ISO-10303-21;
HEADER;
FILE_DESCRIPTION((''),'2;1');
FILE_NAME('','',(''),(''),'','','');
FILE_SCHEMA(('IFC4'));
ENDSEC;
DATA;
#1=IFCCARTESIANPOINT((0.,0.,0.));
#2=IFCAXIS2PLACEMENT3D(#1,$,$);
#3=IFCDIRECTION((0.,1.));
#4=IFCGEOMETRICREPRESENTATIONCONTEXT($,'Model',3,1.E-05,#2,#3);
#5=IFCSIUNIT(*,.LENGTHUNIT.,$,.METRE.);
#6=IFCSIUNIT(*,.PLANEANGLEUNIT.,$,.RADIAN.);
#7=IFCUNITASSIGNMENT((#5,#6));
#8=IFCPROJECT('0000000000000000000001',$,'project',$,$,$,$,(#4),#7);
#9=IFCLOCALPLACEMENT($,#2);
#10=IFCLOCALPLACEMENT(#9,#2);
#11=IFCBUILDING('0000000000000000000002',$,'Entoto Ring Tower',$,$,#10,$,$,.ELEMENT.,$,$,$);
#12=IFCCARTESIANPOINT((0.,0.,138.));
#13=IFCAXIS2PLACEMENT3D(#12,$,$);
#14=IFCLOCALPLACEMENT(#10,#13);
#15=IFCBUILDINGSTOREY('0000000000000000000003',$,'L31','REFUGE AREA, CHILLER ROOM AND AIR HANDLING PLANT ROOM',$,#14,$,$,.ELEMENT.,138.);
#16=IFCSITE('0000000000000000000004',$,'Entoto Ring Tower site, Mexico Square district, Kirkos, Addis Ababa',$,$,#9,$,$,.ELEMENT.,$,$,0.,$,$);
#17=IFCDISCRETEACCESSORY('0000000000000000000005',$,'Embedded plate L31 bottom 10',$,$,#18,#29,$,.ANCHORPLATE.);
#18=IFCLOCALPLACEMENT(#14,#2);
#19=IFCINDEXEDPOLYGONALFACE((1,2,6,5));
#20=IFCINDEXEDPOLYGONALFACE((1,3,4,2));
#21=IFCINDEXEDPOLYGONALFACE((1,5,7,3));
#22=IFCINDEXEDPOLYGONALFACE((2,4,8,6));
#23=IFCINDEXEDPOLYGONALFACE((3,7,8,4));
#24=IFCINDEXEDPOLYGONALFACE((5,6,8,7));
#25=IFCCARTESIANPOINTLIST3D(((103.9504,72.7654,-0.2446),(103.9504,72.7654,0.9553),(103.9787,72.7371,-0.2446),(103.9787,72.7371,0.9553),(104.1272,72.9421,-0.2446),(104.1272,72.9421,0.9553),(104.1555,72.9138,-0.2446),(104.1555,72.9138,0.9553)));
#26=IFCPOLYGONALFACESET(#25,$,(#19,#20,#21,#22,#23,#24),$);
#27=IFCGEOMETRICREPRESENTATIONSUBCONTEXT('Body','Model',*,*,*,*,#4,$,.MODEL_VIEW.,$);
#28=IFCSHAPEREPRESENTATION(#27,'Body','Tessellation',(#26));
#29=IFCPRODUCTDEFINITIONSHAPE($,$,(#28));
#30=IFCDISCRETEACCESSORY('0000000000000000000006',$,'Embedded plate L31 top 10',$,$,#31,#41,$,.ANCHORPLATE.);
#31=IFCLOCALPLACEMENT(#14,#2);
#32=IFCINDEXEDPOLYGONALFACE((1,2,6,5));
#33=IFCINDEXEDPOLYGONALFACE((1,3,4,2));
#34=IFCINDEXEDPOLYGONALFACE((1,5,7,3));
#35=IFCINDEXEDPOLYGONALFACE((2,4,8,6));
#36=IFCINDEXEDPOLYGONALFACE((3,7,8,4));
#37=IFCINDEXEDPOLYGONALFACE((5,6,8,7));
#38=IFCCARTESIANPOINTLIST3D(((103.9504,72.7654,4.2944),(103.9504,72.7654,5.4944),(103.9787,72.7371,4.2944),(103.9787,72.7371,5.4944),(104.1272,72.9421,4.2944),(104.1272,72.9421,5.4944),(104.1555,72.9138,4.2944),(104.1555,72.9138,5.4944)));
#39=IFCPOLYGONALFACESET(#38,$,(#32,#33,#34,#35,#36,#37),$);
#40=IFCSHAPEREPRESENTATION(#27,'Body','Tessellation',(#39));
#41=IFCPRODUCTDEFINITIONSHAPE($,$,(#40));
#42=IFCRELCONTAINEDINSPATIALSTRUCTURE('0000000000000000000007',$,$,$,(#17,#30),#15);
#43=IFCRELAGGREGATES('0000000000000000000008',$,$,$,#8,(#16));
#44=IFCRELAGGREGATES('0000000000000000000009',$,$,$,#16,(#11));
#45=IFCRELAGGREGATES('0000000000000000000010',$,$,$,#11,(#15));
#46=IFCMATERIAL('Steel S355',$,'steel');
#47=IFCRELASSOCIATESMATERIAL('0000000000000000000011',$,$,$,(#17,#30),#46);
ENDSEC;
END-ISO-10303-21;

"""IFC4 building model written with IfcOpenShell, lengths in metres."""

from ifc_helpers import new_model, si_unit, direction, frame, origin, origin_2d, place, context, subcontext, project, spatial, rectangle, extrude, material, element, save


model = new_model("IFC4")

# Units and contexts
model_context = context("Model", 3, precision=1e-05, world=origin(), true_north=direction((0.0, 1.0)))
body_context = subcontext(model_context, "Body", "Model", "MODEL_VIEW")
ifc_project = project(units=[si_unit("LENGTHUNIT", "METRE"), si_unit("PLANEANGLEUNIT", "RADIAN")], contexts=[model_context])

# Site, building, storey
site_placement = place(None, origin())
site = spatial("IfcSite", under=ifc_project, at=site_placement, Name="Entoto Ring Tower site, Mexico Square district, Kirkos, Addis Ababa", CompositionType="ELEMENT", RefElevation=0.0)
building_placement = place(site_placement, origin())
building = spatial("IfcBuilding", under=site, at=building_placement, Name="Entoto Ring Tower", CompositionType="ELEMENT")
storey_placement = place(building_placement, frame((0.0, 0.0, 138.0)))
storey = spatial("IfcBuildingStorey", under=building, at=storey_placement, Name="L31", Description="REFUGE AREA, CHILLER ROOM AND AIR HANDLING PLANT ROOM", CompositionType="ELEMENT", Elevation=138.0)

# Discrete accessories
ifc_material_1 = material(Name="Steel S355", Category="steel")
for number, where, z_axis, x_axis, name in (
    (1, (104.053, 72.8396, -0.2446), (0.0, 0.0, 1.0), (0.707107, -0.707107, 0.0), "Embedded plate L31 bottom 10"),
    (2, (104.053, 72.8396, 4.2944), (0.0, 0.0, 1.0), (0.707107, -0.707107, 0.0), "Embedded plate L31 top 10"),
):
    element("IfcDiscreteAccessory", number, at=place(storey_placement, frame(where, z_axis=z_axis, x_axis=x_axis)), inside=storey, material=ifc_material_1, Name=name, PredefinedType="ANCHORPLATE", context=body_context, shape_type="SweptSolid", body=[
        extrude(rectangle(XDim=0.04, YDim=0.25, at=origin_2d()), origin(), (0.0, 0.0, 1.0), 1.2),
    ])

save(model, "model.ifc")
